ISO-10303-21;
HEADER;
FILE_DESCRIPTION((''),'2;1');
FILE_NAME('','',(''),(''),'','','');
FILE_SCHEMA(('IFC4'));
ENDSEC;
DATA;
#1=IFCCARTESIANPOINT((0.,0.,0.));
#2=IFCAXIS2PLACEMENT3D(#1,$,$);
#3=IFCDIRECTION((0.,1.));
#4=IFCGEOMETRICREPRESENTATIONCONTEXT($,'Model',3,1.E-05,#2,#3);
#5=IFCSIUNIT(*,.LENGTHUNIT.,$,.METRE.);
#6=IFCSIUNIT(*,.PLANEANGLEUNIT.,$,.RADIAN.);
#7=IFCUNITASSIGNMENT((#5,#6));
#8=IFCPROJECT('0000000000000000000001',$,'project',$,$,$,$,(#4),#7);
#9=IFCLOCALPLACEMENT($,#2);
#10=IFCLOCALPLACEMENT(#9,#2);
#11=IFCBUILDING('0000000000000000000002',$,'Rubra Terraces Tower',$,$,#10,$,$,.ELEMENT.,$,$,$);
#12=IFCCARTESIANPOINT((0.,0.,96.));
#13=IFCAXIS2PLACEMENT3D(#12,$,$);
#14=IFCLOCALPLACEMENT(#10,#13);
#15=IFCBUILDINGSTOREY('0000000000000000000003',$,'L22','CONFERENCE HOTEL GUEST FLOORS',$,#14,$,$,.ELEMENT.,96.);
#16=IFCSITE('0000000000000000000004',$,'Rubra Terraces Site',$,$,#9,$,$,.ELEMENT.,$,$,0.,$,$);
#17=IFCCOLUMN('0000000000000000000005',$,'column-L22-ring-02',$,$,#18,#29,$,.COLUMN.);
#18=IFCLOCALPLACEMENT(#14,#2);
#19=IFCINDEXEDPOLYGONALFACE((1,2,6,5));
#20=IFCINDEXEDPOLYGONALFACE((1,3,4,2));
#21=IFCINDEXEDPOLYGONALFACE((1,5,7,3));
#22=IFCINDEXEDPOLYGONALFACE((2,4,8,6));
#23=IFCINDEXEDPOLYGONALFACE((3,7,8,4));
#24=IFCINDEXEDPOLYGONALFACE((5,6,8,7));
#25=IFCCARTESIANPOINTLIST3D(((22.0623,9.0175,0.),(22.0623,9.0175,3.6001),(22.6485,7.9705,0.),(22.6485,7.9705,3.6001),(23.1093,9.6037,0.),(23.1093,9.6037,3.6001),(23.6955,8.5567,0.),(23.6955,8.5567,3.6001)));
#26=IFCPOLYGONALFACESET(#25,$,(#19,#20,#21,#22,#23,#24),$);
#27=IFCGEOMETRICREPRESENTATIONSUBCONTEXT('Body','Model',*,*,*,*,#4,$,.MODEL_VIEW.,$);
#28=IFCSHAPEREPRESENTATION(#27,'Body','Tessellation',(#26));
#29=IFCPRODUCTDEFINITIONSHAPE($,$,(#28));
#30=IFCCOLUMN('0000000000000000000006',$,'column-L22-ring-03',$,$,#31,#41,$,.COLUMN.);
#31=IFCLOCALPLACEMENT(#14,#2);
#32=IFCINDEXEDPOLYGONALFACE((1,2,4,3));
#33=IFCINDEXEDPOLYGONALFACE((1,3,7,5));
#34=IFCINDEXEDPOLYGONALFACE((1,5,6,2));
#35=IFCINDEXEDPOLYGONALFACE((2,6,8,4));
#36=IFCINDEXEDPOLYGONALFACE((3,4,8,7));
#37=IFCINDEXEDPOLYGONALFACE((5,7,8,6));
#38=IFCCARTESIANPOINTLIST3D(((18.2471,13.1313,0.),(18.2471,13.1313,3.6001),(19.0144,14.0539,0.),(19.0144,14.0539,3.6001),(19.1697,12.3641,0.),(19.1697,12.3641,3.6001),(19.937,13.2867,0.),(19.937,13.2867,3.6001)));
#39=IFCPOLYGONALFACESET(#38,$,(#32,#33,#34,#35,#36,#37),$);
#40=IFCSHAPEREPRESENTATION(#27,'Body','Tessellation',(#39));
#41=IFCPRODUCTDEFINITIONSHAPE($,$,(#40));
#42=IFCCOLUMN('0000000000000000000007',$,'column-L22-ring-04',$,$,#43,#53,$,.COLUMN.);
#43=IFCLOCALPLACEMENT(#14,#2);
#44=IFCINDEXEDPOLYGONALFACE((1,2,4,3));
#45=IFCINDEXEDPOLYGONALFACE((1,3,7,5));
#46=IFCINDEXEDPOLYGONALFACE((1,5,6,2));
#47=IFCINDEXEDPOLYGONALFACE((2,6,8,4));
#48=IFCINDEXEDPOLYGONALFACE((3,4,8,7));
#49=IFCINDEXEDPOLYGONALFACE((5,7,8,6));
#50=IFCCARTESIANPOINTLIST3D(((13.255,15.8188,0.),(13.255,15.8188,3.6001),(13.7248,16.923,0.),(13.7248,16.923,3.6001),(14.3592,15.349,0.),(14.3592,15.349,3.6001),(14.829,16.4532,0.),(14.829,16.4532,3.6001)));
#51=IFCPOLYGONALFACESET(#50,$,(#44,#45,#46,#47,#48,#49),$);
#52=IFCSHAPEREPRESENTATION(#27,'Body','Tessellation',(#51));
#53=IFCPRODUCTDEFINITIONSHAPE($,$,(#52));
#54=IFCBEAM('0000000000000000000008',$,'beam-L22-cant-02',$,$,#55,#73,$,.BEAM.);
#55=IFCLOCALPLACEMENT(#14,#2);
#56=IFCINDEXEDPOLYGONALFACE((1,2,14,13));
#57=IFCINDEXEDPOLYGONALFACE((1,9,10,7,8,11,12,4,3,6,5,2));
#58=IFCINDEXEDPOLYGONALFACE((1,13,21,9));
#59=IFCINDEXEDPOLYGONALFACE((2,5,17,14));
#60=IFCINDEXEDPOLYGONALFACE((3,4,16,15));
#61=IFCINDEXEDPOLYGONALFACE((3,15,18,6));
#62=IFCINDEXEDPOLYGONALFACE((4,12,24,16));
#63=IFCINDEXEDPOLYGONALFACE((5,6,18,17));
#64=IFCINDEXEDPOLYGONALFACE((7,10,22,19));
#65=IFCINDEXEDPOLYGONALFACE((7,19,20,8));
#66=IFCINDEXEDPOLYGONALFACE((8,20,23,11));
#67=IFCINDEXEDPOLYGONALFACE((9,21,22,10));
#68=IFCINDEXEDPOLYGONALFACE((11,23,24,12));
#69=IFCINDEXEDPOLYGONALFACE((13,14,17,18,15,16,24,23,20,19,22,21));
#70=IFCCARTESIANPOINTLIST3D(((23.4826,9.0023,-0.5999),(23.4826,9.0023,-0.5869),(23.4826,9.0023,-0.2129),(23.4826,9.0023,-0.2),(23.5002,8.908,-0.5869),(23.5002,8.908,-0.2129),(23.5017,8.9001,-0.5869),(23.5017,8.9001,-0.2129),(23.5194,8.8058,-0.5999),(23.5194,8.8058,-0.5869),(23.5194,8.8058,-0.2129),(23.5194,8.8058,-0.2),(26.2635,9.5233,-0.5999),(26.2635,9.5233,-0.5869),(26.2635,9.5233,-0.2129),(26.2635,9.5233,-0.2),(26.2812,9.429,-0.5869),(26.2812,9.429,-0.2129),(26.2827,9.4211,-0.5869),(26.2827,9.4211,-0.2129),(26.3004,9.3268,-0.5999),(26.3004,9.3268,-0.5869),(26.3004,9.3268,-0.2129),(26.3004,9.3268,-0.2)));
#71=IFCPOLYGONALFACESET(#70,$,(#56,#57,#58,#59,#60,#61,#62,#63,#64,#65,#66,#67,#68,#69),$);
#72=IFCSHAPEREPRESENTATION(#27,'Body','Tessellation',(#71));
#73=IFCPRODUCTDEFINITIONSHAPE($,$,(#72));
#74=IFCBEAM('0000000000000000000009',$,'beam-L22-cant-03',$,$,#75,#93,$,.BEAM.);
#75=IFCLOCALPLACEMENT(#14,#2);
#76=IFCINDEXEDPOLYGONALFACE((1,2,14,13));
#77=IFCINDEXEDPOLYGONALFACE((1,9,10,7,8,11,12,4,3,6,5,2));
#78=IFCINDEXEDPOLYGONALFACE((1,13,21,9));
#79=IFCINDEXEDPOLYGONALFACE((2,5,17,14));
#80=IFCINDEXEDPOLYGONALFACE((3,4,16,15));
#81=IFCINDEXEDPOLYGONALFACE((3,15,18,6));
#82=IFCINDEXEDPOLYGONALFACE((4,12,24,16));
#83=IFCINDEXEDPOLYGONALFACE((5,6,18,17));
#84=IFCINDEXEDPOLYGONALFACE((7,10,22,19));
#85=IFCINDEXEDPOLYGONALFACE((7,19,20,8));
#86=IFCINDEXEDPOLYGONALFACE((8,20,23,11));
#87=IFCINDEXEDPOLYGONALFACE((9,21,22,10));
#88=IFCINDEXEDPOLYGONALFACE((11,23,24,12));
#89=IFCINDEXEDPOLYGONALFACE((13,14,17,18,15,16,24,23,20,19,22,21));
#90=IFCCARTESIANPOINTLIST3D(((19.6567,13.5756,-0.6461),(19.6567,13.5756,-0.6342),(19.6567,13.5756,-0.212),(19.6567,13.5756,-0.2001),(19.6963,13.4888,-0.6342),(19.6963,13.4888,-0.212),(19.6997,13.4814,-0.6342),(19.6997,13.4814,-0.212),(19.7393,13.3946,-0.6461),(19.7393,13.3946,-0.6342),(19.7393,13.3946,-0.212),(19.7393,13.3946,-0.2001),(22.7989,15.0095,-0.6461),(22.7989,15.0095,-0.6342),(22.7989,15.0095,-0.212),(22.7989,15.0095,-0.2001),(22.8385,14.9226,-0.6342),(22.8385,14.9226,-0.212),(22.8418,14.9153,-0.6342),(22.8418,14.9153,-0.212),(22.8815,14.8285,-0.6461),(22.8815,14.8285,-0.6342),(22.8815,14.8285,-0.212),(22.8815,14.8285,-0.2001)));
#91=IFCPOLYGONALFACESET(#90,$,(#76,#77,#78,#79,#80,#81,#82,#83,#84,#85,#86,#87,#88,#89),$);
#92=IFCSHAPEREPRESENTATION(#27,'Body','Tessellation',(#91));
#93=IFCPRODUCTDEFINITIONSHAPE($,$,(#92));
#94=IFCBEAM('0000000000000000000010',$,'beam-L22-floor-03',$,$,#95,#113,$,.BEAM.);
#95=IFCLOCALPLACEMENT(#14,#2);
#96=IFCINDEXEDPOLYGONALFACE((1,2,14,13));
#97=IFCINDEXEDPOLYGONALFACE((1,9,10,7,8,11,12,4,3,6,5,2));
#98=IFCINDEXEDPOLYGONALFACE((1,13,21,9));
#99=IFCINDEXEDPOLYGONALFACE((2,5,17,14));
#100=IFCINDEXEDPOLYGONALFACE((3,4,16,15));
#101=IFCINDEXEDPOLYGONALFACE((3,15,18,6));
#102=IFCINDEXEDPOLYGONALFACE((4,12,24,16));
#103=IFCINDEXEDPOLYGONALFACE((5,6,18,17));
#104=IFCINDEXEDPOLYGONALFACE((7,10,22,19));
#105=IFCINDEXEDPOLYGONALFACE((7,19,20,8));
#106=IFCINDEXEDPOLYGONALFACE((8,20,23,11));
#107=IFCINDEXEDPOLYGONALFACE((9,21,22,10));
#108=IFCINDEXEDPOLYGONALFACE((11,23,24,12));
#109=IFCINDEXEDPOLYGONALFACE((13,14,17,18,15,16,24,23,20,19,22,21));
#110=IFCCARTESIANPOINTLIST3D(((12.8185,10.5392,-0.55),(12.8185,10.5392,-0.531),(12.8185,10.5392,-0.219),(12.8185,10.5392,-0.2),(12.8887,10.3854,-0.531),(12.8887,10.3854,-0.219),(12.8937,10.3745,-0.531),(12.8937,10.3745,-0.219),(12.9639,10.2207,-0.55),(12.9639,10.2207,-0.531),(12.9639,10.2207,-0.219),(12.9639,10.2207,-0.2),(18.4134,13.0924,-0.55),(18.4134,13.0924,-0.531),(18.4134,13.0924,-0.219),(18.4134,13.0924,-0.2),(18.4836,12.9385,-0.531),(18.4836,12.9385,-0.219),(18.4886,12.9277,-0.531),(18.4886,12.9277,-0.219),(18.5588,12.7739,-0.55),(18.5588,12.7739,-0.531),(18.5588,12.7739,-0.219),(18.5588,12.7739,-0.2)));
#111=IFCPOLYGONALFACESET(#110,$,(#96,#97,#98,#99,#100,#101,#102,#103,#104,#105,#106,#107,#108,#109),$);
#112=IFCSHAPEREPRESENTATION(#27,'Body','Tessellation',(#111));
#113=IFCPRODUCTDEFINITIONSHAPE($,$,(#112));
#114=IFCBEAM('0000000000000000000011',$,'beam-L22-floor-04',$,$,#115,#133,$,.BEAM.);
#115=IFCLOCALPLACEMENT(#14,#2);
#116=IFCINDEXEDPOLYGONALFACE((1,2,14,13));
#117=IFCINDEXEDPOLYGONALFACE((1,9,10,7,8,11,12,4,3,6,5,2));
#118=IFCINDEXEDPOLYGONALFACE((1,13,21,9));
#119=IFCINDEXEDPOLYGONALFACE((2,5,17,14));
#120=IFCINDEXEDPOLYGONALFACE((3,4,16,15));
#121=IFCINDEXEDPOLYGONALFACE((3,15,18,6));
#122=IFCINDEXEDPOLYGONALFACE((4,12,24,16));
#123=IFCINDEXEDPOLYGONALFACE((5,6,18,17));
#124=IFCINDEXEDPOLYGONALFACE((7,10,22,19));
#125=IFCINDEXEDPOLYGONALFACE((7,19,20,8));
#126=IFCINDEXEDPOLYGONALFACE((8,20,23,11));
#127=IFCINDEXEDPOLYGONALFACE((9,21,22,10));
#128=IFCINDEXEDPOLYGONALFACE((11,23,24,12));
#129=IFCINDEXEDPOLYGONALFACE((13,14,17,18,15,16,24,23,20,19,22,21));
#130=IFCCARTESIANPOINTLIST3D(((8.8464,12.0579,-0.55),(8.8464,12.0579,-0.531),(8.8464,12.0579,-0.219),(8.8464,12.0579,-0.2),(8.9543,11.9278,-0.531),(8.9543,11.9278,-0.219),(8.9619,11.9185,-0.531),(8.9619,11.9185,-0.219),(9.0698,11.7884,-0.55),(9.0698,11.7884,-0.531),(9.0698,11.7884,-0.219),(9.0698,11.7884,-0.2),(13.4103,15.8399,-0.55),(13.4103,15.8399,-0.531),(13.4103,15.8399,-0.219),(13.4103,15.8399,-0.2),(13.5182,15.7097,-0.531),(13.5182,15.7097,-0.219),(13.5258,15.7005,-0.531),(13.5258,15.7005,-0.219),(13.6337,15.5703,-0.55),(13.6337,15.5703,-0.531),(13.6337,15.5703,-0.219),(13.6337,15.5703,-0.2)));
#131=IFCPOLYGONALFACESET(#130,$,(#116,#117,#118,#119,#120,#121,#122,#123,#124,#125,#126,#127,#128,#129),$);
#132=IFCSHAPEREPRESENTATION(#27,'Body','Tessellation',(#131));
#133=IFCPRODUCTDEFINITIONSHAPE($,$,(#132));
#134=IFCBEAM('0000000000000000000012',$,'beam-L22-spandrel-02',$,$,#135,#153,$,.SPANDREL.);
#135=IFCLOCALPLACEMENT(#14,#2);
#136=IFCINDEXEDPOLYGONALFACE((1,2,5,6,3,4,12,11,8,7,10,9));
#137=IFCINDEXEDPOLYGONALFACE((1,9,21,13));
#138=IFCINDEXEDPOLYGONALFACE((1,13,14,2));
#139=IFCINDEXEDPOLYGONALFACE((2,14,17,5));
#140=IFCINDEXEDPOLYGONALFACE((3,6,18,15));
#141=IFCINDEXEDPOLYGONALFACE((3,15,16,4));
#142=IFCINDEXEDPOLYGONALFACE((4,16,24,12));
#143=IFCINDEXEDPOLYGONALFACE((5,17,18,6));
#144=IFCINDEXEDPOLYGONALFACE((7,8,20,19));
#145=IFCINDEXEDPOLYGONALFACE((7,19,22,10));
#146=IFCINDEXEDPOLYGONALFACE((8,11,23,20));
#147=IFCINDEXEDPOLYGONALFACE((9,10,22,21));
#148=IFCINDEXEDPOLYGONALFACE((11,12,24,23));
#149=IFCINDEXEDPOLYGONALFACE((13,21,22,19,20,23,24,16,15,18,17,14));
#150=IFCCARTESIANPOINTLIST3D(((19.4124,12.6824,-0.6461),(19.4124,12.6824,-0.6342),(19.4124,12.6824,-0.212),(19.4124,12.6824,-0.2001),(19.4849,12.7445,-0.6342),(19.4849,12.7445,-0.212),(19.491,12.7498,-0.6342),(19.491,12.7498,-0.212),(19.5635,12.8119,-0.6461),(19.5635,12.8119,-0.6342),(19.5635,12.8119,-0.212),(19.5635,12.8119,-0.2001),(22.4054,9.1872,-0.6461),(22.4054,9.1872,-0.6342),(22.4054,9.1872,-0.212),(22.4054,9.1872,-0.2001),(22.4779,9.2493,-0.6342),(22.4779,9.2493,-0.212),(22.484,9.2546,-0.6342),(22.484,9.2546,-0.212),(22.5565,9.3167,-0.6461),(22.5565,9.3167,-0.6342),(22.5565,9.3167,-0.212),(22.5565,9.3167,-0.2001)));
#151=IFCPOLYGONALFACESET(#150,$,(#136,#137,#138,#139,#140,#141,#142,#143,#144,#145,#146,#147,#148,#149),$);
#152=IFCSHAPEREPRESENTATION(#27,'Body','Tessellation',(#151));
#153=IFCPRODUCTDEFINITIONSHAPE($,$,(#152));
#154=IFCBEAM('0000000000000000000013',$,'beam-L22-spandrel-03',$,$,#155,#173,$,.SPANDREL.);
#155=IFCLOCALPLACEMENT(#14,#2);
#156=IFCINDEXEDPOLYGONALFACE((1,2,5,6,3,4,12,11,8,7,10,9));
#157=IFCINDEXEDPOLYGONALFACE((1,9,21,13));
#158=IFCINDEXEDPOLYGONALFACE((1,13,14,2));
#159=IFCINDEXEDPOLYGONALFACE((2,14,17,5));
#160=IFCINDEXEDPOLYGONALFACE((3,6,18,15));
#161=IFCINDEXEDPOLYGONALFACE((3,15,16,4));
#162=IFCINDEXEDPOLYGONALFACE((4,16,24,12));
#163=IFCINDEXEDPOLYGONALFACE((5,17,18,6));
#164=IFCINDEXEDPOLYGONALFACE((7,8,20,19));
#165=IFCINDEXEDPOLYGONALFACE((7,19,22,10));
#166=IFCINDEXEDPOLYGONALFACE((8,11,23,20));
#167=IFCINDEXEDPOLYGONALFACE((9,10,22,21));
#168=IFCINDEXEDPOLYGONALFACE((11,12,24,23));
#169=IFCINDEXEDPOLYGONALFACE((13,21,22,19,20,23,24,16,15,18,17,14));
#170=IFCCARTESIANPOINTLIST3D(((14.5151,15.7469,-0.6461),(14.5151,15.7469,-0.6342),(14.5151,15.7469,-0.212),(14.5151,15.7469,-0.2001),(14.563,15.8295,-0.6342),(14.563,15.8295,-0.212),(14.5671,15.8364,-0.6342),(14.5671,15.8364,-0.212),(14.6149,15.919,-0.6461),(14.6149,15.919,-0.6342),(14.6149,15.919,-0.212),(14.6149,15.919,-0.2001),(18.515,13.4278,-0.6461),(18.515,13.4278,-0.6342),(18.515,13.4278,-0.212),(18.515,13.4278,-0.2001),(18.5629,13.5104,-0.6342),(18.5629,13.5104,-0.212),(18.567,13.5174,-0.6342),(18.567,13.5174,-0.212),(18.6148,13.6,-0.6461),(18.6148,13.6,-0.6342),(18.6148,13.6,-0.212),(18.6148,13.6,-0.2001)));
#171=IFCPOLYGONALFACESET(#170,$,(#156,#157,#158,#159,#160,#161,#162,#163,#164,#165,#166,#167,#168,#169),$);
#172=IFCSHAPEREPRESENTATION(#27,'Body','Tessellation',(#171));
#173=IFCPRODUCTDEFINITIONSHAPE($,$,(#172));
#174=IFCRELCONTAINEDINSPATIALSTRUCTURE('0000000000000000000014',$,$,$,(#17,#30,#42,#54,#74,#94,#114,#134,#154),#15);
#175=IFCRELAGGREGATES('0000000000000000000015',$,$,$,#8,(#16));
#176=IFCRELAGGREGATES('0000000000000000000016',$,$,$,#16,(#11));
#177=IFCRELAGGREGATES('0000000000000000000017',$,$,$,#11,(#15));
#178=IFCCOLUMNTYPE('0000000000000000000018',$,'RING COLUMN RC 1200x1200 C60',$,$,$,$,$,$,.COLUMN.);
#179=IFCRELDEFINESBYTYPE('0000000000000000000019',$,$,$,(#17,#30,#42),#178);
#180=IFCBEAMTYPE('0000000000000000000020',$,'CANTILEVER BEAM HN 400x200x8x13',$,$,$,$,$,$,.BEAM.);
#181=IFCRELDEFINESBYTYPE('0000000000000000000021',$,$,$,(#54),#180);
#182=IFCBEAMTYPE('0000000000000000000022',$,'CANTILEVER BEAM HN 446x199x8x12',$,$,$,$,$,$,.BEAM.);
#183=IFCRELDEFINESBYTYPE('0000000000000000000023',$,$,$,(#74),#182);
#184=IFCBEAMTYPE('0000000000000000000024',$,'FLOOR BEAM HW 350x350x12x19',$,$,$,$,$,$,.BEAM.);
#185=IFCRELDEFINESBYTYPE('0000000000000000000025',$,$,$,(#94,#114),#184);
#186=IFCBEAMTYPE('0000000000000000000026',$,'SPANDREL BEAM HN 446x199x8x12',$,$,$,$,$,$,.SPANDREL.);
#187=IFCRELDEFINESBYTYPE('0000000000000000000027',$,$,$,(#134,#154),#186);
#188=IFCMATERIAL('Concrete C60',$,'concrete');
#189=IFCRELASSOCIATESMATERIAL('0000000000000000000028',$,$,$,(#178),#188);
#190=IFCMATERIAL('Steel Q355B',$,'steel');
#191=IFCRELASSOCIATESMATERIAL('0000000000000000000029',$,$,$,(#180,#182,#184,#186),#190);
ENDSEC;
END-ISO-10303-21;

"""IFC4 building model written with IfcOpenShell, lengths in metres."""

from ifc_helpers import new_model, si_unit, direction, frame, origin, origin_2d, place, context, subcontext, project, spatial, rectangle, i_section, extrude, material, material_profile, profile_set, type_object, element, save


model = new_model("IFC4")

# Units and contexts
model_context = context("Model", 3, precision=1e-05, world=origin(), true_north=direction((0.0, 1.0)))
body_context = subcontext(model_context, "Body", "Model", "MODEL_VIEW")
ifc_project = project(units=[si_unit("LENGTHUNIT", "METRE"), si_unit("PLANEANGLEUNIT", "RADIAN")], contexts=[model_context])

# Site, building, storey
site_placement = place(None, origin())
site = spatial("IfcSite", under=ifc_project, at=site_placement, Name="Rubra Terraces Site", CompositionType="ELEMENT", RefElevation=0.0)
building_placement = place(site_placement, origin())
building = spatial("IfcBuilding", under=site, at=building_placement, Name="Rubra Terraces Tower", CompositionType="ELEMENT")
storey_placement = place(building_placement, frame((0.0, 0.0, 96.0)))
storey = spatial("IfcBuildingStorey", under=building, at=storey_placement, Name="L22", Description="CONFERENCE HOTEL GUEST FLOORS", CompositionType="ELEMENT", Elevation=96.0)

# Columns
ifc_material_1 = material(Name="Concrete C60", Category="concrete")
ifc_material_profile_1 = material_profile(ifc_material_1, rectangle(XDim=1.2, YDim=1.2, at=origin_2d()), Name="RC 1200x1200")
ifc_profile_set_1 = profile_set([ifc_material_profile_1], Name="Concrete C60")
column_type = type_object("IfcColumnType", Name="RING COLUMN RC 1200x1200 C60", PredefinedType="COLUMN", material=ifc_profile_set_1)
for number, where, z_axis, x_axis, name in (
    (1, (22.8789, 8.7871, 0.0), (0.0, 0.0, 1.0), (-0.488526, 0.872549, 0.0), "column-L22-ring-02"),
    (2, (19.092, 13.209, 0.0), (0.0, 0.0, 1.0), (-0.76887, 0.639405, 0.0), "column-L22-ring-03"),
    (3, (14.042, 16.136, 0.0), (0.0, 0.0, 1.0), (-0.920168, 0.391524, 0.0), "column-L22-ring-04"),
):
    element("IfcColumn", number, at=place(storey_placement, frame(where, z_axis=z_axis, x_axis=x_axis)), inside=storey, type_object=column_type, Name=name, PredefinedType="COLUMN", context=body_context, shape_type="SweptSolid", body=[
        extrude(rectangle(XDim=1.2, YDim=1.2, at=origin_2d()), origin(), (0.0, 0.0, 1.0), 3.6001),
    ])

# Beams
ifc_material_2 = material(Name="Steel Q355B", Category="steel")
ifc_material_profile_2 = material_profile(ifc_material_2, i_section(OverallWidth=0.2, OverallDepth=0.3999, WebThickness=0.0081, FlangeThickness=0.0129, at=origin_2d()), Name="HN 400x200x8x13")
ifc_profile_set_2 = profile_set([ifc_material_profile_2], Name="Steel Q355B")
beam_type_1 = type_object("IfcBeamType", Name="CANTILEVER BEAM HN 400x200x8x13", PredefinedType="BEAM", material=ifc_profile_set_2)
beam_1_placement = place(storey_placement, frame((23.501, 8.9041, -0.3999), z_axis=(0.982901, 0.184137, 0.0), x_axis=(-0.184137, 0.982901, 0.0)))
element("IfcBeam", 4, at=beam_1_placement, inside=storey, type_object=beam_type_1, Name="beam-L22-cant-02", PredefinedType="BEAM", context=body_context, shape_type="SweptSolid", body=[
    extrude(i_section(OverallWidth=0.2, OverallDepth=0.3999, WebThickness=0.0081, FlangeThickness=0.0129, at=origin_2d()), origin(), (0.0, 0.0, 1.0), 2.8293),
])
ifc_material_profile_3 = material_profile(ifc_material_2, i_section(OverallWidth=0.199, OverallDepth=0.446, WebThickness=0.0081, FlangeThickness=0.012, at=origin_2d()), Name="HN 446x199x8x12")
ifc_profile_set_3 = profile_set([ifc_material_profile_3], Name="Steel Q355B")
beam_type_2 = type_object("IfcBeamType", Name="CANTILEVER BEAM HN 446x199x8x12", PredefinedType="BEAM", material=ifc_profile_set_3)
beam_2_placement = place(storey_placement, frame((19.698, 13.4851, -0.4231), z_axis=(0.909753, 0.41515, 0.0), x_axis=(-0.41515, 0.909753, 0.0)))
element("IfcBeam", 5, at=beam_2_placement, inside=storey, type_object=beam_type_2, Name="beam-L22-cant-03", PredefinedType="BEAM", context=body_context, shape_type="SweptSolid", body=[
    extrude(i_section(OverallWidth=0.199, OverallDepth=0.446, WebThickness=0.0081, FlangeThickness=0.012, at=origin_2d()), origin(), (0.0, 0.0, 1.0), 3.4539),
])
ifc_material_profile_4 = material_profile(ifc_material_2, i_section(OverallWidth=0.3501, OverallDepth=0.3501, WebThickness=0.012, FlangeThickness=0.019, at=origin_2d()), Name="HW 350x350x12x19")
ifc_profile_set_4 = profile_set([ifc_material_profile_4], Name="Steel Q355B")
beam_type_3 = type_object("IfcBeamType", Name="FLOOR BEAM HW 350x350x12x19", PredefinedType="BEAM", material=ifc_profile_set_4)
beam_3_placement = place(storey_placement, frame((18.4861, 12.9331, -0.375), z_axis=(-0.90975, -0.415157, 0.0), x_axis=(0.415157, -0.90975, 0.0)))
element("IfcBeam", 6, at=beam_3_placement, inside=storey, type_object=beam_type_3, Name="beam-L22-floor-03", PredefinedType="BEAM", context=body_context, shape_type="SweptSolid", body=[
    extrude(i_section(OverallWidth=0.3501, OverallDepth=0.3501, WebThickness=0.012, FlangeThickness=0.019, at=origin_2d()), origin(), (0.0, 0.0, 1.0), 6.1499),
])
beam_4_placement = place(storey_placement, frame((13.522, 15.7051, -0.375), z_axis=(-0.769987, -0.638059, 0.0), x_axis=(0.638059, -0.769987, 0.0)))
element("IfcBeam", 7, at=beam_4_placement, inside=storey, type_object=beam_type_3, Name="beam-L22-floor-04", PredefinedType="BEAM", context=body_context, shape_type="SweptSolid", body=[
    extrude(i_section(OverallWidth=0.3501, OverallDepth=0.3501, WebThickness=0.012, FlangeThickness=0.019, at=origin_2d()), origin(), (0.0, 0.0, 1.0), 5.9272),
])
ifc_material_profile_5 = material_profile(ifc_material_2, i_section(OverallWidth=0.199, OverallDepth=0.446, WebThickness=0.0081, FlangeThickness=0.012, at=origin_2d()), Name="HN 446x199x8x12")
ifc_profile_set_5 = profile_set([ifc_material_profile_5], Name="Steel Q355B")
beam_type_4 = type_object("IfcBeamType", Name="SPANDREL BEAM HN 446x199x8x12", PredefinedType="SPANDREL", material=ifc_profile_set_5)
beam_5_placement = place(storey_placement, frame((22.481, 9.252, -0.4231), z_axis=(-0.650429, 0.759567, 0.0), x_axis=(-0.759567, -0.650429, 0.0)))
element("IfcBeam", 8, at=beam_5_placement, inside=storey, type_object=beam_type_4, Name="beam-L22-spandrel-02", PredefinedType="SPANDREL", context=body_context, shape_type="SweptSolid", body=[
    extrude(i_section(OverallWidth=0.199, OverallDepth=0.446, WebThickness=0.0081, FlangeThickness=0.012, at=origin_2d()), origin(), (0.0, 0.0, 1.0), 4.6016),
])
beam_6_placement = place(storey_placement, frame((18.5649, 13.5139, -0.4231), z_axis=(-0.865116, 0.501571, 0.0), x_axis=(-0.501571, -0.865116, 0.0)))
element("IfcBeam", 9, at=beam_6_placement, inside=storey, type_object=beam_type_4, Name="beam-L22-spandrel-03", PredefinedType="SPANDREL", context=body_context, shape_type="SweptSolid", body=[
    extrude(i_section(OverallWidth=0.199, OverallDepth=0.446, WebThickness=0.0081, FlangeThickness=0.012, at=origin_2d()), origin(), (0.0, 0.0, 1.0), 4.6235),
])

save(model, "model.ifc")
